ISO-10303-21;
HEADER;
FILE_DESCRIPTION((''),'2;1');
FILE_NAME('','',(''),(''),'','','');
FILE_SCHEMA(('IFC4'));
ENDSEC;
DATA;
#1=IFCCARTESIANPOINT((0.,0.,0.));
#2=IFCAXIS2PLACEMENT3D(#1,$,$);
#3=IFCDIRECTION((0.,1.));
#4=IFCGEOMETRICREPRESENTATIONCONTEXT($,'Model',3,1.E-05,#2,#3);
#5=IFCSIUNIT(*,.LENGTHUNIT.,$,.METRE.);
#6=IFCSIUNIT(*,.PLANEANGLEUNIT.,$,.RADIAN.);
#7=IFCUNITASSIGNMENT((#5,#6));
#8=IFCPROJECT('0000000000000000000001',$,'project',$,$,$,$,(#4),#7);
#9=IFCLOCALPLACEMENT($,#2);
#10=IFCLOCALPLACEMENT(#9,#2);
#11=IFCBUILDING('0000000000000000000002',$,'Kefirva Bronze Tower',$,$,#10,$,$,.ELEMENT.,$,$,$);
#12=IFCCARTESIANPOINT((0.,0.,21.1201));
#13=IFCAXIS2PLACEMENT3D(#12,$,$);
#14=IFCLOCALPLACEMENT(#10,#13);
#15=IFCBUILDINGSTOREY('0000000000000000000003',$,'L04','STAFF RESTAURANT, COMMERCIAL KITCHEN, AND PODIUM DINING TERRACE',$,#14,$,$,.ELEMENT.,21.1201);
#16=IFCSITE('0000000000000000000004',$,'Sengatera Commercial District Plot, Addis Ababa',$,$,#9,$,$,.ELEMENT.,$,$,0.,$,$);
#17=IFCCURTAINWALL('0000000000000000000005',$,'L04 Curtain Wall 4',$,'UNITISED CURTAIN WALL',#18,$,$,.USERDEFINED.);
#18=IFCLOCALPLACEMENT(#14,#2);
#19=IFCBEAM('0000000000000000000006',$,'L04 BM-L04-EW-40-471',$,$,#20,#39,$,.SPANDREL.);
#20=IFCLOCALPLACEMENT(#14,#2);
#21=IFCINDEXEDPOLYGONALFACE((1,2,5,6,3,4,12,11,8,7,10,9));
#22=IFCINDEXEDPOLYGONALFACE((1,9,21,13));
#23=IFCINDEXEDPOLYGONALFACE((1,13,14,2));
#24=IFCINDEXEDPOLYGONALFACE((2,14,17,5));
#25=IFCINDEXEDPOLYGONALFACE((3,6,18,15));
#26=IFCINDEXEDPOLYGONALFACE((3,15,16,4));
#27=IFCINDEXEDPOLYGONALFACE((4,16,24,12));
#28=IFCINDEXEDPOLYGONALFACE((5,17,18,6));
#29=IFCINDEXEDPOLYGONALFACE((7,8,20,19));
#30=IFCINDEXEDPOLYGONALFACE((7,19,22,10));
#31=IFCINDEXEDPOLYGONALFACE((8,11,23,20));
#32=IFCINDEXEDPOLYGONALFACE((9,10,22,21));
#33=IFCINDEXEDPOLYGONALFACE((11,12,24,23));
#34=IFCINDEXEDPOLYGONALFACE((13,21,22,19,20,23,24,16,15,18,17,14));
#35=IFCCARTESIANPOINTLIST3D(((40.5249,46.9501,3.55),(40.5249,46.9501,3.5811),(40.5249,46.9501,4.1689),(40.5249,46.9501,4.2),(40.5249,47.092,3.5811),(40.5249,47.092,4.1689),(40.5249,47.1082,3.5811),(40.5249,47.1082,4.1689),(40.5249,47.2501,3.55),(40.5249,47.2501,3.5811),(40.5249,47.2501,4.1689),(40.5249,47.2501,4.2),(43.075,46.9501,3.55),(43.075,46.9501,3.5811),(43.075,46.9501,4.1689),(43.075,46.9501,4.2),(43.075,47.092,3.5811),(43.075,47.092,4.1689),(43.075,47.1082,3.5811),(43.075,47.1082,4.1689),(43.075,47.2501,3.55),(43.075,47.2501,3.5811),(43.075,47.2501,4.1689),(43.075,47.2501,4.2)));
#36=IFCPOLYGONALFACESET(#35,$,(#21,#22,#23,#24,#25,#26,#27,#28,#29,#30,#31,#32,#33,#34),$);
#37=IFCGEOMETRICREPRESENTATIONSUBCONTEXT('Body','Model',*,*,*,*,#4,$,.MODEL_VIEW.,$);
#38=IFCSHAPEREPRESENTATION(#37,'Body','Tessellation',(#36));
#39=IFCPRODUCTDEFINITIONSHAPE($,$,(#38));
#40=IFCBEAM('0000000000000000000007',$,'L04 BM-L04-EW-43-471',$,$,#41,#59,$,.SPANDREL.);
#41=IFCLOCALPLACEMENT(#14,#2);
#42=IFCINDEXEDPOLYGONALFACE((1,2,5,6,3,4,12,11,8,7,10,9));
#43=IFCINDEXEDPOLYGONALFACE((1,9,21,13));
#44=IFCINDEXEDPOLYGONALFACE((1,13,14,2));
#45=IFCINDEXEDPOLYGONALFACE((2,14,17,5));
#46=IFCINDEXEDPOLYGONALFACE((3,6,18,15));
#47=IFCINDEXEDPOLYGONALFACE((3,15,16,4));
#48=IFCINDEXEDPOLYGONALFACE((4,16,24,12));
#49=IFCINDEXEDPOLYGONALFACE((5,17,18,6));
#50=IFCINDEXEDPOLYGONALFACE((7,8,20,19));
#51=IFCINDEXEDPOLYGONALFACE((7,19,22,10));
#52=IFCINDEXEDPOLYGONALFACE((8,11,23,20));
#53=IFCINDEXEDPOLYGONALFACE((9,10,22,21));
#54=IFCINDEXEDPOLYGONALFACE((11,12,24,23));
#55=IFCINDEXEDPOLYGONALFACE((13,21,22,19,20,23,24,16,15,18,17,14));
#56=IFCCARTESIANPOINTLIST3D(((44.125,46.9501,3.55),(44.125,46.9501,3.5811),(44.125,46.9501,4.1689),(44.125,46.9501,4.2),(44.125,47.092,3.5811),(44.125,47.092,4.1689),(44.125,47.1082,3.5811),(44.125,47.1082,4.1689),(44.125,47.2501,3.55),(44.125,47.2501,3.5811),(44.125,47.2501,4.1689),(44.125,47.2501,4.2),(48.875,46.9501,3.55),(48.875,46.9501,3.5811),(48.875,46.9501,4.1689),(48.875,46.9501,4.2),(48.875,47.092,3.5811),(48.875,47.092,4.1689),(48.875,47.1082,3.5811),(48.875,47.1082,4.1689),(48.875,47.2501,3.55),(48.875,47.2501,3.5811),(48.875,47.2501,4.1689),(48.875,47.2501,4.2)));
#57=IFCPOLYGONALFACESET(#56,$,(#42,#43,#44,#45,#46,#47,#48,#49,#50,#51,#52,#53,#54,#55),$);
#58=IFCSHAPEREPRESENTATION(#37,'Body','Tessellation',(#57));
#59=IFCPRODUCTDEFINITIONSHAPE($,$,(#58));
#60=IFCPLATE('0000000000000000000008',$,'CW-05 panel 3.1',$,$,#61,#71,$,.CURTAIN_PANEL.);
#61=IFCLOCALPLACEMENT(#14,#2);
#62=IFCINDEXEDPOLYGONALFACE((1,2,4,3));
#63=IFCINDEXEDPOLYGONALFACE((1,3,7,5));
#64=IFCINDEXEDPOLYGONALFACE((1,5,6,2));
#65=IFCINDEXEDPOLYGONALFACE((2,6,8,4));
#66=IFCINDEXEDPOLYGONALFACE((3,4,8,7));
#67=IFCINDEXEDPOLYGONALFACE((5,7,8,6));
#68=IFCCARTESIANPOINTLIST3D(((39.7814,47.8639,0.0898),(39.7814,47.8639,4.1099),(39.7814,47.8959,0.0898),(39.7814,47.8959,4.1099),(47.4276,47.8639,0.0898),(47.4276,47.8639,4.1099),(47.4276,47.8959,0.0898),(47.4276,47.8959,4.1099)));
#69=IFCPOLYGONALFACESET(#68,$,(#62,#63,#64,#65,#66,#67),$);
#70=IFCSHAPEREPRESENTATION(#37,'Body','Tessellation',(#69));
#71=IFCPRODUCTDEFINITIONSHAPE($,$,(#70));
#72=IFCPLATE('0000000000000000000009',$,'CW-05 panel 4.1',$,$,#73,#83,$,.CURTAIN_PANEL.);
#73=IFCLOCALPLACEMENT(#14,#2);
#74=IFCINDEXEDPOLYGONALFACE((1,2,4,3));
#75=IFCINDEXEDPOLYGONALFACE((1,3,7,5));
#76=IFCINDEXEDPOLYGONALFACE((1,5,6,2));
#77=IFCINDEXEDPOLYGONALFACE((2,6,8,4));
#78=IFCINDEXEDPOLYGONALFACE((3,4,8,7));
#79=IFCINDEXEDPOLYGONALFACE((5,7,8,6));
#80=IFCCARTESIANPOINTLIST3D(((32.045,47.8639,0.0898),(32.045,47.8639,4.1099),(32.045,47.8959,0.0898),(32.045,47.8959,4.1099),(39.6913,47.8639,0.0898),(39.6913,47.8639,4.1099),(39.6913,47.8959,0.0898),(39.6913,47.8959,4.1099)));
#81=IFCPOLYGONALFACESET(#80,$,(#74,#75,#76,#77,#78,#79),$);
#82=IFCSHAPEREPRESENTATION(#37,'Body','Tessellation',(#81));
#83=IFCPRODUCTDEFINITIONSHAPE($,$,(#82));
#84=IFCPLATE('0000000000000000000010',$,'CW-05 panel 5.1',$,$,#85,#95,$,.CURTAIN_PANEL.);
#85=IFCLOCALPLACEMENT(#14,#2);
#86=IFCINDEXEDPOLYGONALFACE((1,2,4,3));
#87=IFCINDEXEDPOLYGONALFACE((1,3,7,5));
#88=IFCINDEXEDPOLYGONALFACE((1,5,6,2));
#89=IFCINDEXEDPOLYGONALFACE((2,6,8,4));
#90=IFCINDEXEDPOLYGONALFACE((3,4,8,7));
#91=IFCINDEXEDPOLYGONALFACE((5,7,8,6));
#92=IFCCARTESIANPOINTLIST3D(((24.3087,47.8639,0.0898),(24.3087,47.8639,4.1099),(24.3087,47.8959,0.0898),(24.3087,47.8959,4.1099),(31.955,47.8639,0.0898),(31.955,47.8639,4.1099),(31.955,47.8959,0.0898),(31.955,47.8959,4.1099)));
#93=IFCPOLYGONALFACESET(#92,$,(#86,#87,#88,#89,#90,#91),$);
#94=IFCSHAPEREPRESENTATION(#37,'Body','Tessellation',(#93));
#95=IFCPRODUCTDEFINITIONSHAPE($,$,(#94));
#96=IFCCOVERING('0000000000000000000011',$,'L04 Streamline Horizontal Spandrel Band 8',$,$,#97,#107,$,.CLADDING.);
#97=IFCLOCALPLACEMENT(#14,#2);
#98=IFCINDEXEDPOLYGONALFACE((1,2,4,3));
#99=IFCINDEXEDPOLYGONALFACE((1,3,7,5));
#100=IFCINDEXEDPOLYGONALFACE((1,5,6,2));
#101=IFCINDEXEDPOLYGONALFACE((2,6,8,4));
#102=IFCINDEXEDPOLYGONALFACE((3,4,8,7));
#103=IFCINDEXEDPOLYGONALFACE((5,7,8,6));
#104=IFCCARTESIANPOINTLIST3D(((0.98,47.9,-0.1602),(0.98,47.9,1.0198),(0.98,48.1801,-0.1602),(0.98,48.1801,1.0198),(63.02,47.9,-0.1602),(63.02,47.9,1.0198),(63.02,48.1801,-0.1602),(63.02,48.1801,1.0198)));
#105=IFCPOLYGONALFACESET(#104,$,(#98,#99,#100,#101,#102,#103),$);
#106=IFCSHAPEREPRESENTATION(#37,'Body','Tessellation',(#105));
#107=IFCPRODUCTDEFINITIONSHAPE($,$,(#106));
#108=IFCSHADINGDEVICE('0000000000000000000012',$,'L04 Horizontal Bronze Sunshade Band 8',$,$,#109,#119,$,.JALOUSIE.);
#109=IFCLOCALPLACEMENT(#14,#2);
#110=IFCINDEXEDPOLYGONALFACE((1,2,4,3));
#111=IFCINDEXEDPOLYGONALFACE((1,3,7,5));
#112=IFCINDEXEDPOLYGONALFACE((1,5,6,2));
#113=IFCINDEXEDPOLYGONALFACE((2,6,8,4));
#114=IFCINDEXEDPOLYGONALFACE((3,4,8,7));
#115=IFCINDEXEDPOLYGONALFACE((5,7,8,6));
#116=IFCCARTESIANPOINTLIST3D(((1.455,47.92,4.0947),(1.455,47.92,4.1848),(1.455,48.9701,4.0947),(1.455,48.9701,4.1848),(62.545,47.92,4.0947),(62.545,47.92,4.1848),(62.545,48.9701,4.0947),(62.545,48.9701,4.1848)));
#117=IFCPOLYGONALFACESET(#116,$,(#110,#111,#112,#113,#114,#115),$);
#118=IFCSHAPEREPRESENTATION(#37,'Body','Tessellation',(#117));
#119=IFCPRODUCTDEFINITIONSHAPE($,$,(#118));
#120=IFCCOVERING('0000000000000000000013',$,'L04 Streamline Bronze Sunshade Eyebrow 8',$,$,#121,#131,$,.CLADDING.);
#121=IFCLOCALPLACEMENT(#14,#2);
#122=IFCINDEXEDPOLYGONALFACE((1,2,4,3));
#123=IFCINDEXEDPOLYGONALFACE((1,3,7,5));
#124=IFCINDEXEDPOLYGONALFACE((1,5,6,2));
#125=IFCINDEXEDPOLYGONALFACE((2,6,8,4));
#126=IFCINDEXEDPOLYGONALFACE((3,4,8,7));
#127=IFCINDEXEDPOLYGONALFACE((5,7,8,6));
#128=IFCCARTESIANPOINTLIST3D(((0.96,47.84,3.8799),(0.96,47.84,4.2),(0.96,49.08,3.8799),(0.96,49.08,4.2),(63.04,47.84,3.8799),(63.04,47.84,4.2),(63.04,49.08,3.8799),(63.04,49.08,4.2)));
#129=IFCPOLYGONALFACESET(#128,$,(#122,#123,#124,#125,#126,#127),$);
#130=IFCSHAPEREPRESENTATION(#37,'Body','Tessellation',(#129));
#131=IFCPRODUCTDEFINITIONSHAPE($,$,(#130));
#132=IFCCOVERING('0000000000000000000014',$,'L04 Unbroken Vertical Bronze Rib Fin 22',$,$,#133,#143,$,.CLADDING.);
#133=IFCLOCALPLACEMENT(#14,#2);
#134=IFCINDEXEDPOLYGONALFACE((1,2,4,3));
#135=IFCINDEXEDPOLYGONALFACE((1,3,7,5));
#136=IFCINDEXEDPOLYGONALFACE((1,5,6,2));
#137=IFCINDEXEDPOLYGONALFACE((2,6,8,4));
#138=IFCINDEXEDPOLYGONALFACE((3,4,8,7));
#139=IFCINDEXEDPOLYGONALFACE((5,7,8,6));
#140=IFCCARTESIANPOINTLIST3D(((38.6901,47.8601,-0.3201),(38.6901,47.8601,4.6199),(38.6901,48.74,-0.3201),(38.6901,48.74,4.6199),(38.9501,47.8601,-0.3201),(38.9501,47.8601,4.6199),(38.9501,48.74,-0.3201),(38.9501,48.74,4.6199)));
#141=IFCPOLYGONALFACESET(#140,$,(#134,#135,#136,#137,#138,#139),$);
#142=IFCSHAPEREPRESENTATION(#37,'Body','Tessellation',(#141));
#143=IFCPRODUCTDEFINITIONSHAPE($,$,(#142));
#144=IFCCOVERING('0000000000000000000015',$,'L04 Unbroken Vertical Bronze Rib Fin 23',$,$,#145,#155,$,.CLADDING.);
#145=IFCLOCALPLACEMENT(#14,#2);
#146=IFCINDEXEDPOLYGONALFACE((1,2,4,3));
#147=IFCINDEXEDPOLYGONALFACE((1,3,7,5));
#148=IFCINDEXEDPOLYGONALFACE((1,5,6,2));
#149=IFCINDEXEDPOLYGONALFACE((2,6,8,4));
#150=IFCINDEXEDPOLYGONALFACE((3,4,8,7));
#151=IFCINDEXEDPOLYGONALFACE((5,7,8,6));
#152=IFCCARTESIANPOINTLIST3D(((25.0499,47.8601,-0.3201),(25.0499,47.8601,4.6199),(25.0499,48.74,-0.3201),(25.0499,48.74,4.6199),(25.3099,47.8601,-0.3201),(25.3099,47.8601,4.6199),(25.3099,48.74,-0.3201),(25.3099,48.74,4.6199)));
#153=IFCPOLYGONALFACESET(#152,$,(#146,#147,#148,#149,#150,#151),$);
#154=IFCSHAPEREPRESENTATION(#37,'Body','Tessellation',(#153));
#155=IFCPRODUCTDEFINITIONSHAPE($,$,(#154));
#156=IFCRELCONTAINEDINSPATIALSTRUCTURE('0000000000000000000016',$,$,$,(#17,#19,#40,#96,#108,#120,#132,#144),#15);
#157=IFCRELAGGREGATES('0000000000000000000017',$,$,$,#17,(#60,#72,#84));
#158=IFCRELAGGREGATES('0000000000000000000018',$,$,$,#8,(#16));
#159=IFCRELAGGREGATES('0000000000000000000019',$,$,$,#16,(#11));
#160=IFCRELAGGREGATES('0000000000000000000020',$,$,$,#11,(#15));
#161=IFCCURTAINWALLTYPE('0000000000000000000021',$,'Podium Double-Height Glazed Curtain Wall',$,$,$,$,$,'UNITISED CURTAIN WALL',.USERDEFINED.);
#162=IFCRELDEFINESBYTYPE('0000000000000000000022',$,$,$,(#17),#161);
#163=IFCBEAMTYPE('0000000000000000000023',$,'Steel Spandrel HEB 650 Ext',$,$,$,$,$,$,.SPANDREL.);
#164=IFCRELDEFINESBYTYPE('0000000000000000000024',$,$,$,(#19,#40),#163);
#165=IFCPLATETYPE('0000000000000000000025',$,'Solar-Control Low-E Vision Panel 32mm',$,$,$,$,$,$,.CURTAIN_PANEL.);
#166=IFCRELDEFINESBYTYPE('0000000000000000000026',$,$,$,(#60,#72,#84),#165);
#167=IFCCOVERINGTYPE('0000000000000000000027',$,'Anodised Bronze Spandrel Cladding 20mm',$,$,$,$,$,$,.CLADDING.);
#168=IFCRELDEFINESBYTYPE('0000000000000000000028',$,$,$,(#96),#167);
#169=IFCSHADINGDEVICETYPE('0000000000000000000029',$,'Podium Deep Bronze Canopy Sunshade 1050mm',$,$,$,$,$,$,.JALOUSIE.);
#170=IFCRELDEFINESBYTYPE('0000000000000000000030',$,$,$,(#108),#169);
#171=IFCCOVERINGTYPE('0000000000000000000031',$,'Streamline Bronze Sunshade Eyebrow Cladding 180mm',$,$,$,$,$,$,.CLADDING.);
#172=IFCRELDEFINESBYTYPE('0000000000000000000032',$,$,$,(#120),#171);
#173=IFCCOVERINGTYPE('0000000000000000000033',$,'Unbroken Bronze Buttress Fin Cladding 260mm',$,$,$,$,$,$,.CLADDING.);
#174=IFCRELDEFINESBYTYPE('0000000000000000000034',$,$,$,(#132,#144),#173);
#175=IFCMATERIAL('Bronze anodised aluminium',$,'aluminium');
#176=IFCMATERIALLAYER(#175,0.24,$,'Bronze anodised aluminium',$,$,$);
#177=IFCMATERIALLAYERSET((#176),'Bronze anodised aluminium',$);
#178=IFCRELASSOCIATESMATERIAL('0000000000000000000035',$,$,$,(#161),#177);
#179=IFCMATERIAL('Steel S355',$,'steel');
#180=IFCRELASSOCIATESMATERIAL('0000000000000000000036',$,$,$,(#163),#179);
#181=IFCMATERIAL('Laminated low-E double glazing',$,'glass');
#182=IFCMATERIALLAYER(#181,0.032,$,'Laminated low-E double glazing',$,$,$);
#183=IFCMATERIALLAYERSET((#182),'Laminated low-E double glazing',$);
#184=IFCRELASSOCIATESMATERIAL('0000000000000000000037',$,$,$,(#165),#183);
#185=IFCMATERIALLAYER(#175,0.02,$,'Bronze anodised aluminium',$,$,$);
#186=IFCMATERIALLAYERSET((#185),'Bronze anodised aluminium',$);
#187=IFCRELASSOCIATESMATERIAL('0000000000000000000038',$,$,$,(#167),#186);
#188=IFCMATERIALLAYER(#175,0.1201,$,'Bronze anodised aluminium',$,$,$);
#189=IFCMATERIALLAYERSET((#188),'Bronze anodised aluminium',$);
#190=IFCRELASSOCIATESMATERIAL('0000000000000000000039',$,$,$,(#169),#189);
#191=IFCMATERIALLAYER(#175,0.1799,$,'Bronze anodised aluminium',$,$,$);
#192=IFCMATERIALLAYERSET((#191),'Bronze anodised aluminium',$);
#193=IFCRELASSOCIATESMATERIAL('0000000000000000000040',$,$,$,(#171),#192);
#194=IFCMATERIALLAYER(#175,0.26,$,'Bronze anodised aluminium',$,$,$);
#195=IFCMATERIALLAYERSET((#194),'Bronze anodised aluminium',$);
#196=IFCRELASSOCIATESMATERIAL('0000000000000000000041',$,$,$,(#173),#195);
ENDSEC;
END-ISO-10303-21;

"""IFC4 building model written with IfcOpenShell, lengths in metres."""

from ifc_helpers import new_model, si_unit, direction, frame, origin, origin_2d, place, context, subcontext, project, spatial, rectangle, i_section, extrude, material, layer, layer_set, material_profile, profile_set, type_object, element, aggregate, save


model = new_model("IFC4")

# Units and contexts
model_context = context("Model", 3, precision=1e-05, world=origin(), true_north=direction((0.0, 1.0)))
body_context = subcontext(model_context, "Body", "Model", "MODEL_VIEW")
ifc_project = project(units=[si_unit("LENGTHUNIT", "METRE"), si_unit("PLANEANGLEUNIT", "RADIAN")], contexts=[model_context])

# Site, building, storey
site_placement = place(None, origin())
site = spatial("IfcSite", under=ifc_project, at=site_placement, Name="Sengatera Commercial District Plot, Addis Ababa", CompositionType="ELEMENT", RefElevation=0.0)
building_placement = place(site_placement, origin())
building = spatial("IfcBuilding", under=site, at=building_placement, Name="Kefirva Bronze Tower", CompositionType="ELEMENT")
storey_placement = place(building_placement, frame((0.0, 0.0, 21.1201)))
storey = spatial("IfcBuildingStorey", under=building, at=storey_placement, Name="L04", Description="STAFF RESTAURANT, COMMERCIAL KITCHEN, AND PODIUM DINING TERRACE", CompositionType="ELEMENT", Elevation=21.1201)

# Curtain wall
ifc_material_1 = material(Name="Bronze anodised aluminium", Category="aluminium")
ifc_layer_1 = layer(ifc_material_1, 0.24, Name="Bronze anodised aluminium")
ifc_layer_set_1 = layer_set([ifc_layer_1], Name="Bronze anodised aluminium")
curtain_wall_type = type_object("IfcCurtainWallType", Name="Podium Double-Height Glazed Curtain Wall", ElementType="UNITISED CURTAIN WALL", PredefinedType="USERDEFINED", material=ifc_layer_set_1)
curtain_wall_placement = place(storey_placement, origin())
curtain_wall = element("IfcCurtainWall", 1, at=curtain_wall_placement, inside=storey, type_object=curtain_wall_type, Name="L04 Curtain Wall 4", ObjectType="UNITISED CURTAIN WALL", PredefinedType="USERDEFINED")

# Beams
ifc_material_2 = material(Name="Steel S355", Category="steel")
ifc_material_profile_1 = material_profile(ifc_material_2, i_section(OverallWidth=0.3, OverallDepth=0.6499, WebThickness=0.0161, FlangeThickness=0.031, at=origin_2d()), Name="HEB 650")
ifc_profile_set_1 = profile_set([ifc_material_profile_1], Name="Steel S355")
beam_type_1 = type_object("IfcBeamType", Name="Steel Spandrel HEB 650 Ext", PredefinedType="SPANDREL", material=ifc_profile_set_1)
beam_1_placement = place(storey_placement, frame((40.5249, 47.1001, 3.875), z_axis=(1.0, 0.0, 0.0), x_axis=(0.0, 1.0, 0.0)))
element("IfcBeam", 2, at=beam_1_placement, inside=storey, type_object=beam_type_1, Name="L04 BM-L04-EW-40-471", PredefinedType="SPANDREL", context=body_context, shape_type="SweptSolid", body=[
    extrude(i_section(OverallWidth=0.3, OverallDepth=0.6499, WebThickness=0.0161, FlangeThickness=0.031, at=origin_2d()), origin(), (0.0, 0.0, 1.0), 2.55),
])
beam_2_placement = place(storey_placement, frame((44.125, 47.1001, 3.875), z_axis=(1.0, 0.0, 0.0), x_axis=(0.0, 1.0, 0.0)))
element("IfcBeam", 3, at=beam_2_placement, inside=storey, type_object=beam_type_1, Name="L04 BM-L04-EW-43-471", PredefinedType="SPANDREL", context=body_context, shape_type="SweptSolid", body=[
    extrude(i_section(OverallWidth=0.3, OverallDepth=0.6499, WebThickness=0.0161, FlangeThickness=0.031, at=origin_2d()), origin(), (0.0, 0.0, 1.0), 4.75),
])

# Plates
ifc_material_3 = material(Name="Laminated low-E double glazing", Category="glass")
ifc_layer_2 = layer(ifc_material_3, 0.032, Name="Laminated low-E double glazing")
ifc_layer_set_2 = layer_set([ifc_layer_2], Name="Laminated low-E double glazing")
plate_type = type_object("IfcPlateType", Name="Solar-Control Low-E Vision Panel 32mm", PredefinedType="CURTAIN_PANEL", material=ifc_layer_set_2)
plate_1_placement = place(storey_placement, frame((43.6045, 47.8799, 0.0898), z_axis=(0.0, 0.0, 1.0), x_axis=(-1.0, 0.0, 0.0)))
plate_1 = element("IfcPlate", 4, at=plate_1_placement, type_object=plate_type, Name="CW-05 panel 3.1", PredefinedType="CURTAIN_PANEL", context=body_context, shape_type="SweptSolid", body=[
    extrude(rectangle(XDim=7.6462, YDim=0.032, at=origin_2d()), origin(), (0.0, 0.0, 1.0), 4.02),
])
plate_2_placement = place(storey_placement, frame((35.8682, 47.8799, 0.0898), z_axis=(0.0, 0.0, 1.0), x_axis=(-1.0, 0.0, 0.0)))
plate_2 = element("IfcPlate", 5, at=plate_2_placement, type_object=plate_type, Name="CW-05 panel 4.1", PredefinedType="CURTAIN_PANEL", context=body_context, shape_type="SweptSolid", body=[
    extrude(rectangle(XDim=7.6462, YDim=0.032, at=origin_2d()), origin(), (0.0, 0.0, 1.0), 4.02),
])
plate_3_placement = place(storey_placement, frame((28.1318, 47.8799, 0.0898), z_axis=(0.0, 0.0, 1.0), x_axis=(-1.0, 0.0, 0.0)))
plate_3 = element("IfcPlate", 6, at=plate_3_placement, type_object=plate_type, Name="CW-05 panel 5.1", PredefinedType="CURTAIN_PANEL", context=body_context, shape_type="SweptSolid", body=[
    extrude(rectangle(XDim=7.6462, YDim=0.032, at=origin_2d()), origin(), (0.0, 0.0, 1.0), 4.02),
])
aggregate(curtain_wall, [plate_1, plate_2, plate_3])

# Covering
ifc_layer_3 = layer(ifc_material_1, 0.02, Name="Bronze anodised aluminium")
ifc_layer_set_3 = layer_set([ifc_layer_3], Name="Bronze anodised aluminium")
covering_type_1 = type_object("IfcCoveringType", Name="Anodised Bronze Spandrel Cladding 20mm", PredefinedType="CLADDING", material=ifc_layer_set_3)
covering_1_placement = place(storey_placement, frame((32.0, 48.04, -0.1602), z_axis=(0.0, 0.0, 1.0), x_axis=(-1.0, 0.0, 0.0)))
element("IfcCovering", 7, at=covering_1_placement, inside=storey, type_object=covering_type_1, Name="L04 Streamline Horizontal Spandrel Band 8", PredefinedType="CLADDING", context=body_context, shape_type="SweptSolid", body=[
    extrude(rectangle(XDim=62.04, YDim=0.28, at=origin_2d()), origin(), (0.0, 0.0, 1.0), 1.1799),
])

# Shading device
ifc_layer_4 = layer(ifc_material_1, 0.1201, Name="Bronze anodised aluminium")
ifc_layer_set_4 = layer_set([ifc_layer_4], Name="Bronze anodised aluminium")
shading_device_type = type_object("IfcShadingDeviceType", Name="Podium Deep Bronze Canopy Sunshade 1050mm", PredefinedType="JALOUSIE", material=ifc_layer_set_4)
shading_device_placement = place(storey_placement, frame((32.0, 48.4451, 4.0947), z_axis=(0.0, 0.0, 1.0), x_axis=(-1.0, 0.0, 0.0)))
element("IfcShadingDevice", 8, at=shading_device_placement, inside=storey, type_object=shading_device_type, Name="L04 Horizontal Bronze Sunshade Band 8", PredefinedType="JALOUSIE", context=body_context, shape_type="SweptSolid", body=[
    extrude(rectangle(XDim=61.0901, YDim=1.05, at=origin_2d()), origin(), (0.0, 0.0, 1.0), 0.0901),
])

# Coverings
ifc_layer_5 = layer(ifc_material_1, 0.1799, Name="Bronze anodised aluminium")
ifc_layer_set_5 = layer_set([ifc_layer_5], Name="Bronze anodised aluminium")
covering_type_2 = type_object("IfcCoveringType", Name="Streamline Bronze Sunshade Eyebrow Cladding 180mm", PredefinedType="CLADDING", material=ifc_layer_set_5)
covering_2_placement = place(storey_placement, frame((32.0, 48.46, 3.8799), z_axis=(0.0, 0.0, 1.0), x_axis=(-1.0, 0.0, 0.0)))
element("IfcCovering", 9, at=covering_2_placement, inside=storey, type_object=covering_type_2, Name="L04 Streamline Bronze Sunshade Eyebrow 8", PredefinedType="CLADDING", context=body_context, shape_type="SweptSolid", body=[
    extrude(rectangle(XDim=62.0801, YDim=1.24, at=origin_2d()), origin(), (0.0, 0.0, 1.0), 0.3201),
])
ifc_layer_6 = layer(ifc_material_1, 0.26, Name="Bronze anodised aluminium")
ifc_layer_set_6 = layer_set([ifc_layer_6], Name="Bronze anodised aluminium")
covering_type_3 = type_object("IfcCoveringType", Name="Unbroken Bronze Buttress Fin Cladding 260mm", PredefinedType="CLADDING", material=ifc_layer_set_6)
for number, where, z_axis, x_axis, name in (
    (10, (38.8201, 48.3, -0.3201), (0.0, 0.0, 1.0), (-1.0, 0.0, 0.0), "L04 Unbroken Vertical Bronze Rib Fin 22"),
    (11, (25.1799, 48.3, -0.3201), (0.0, 0.0, 1.0), (-1.0, 0.0, 0.0), "L04 Unbroken Vertical Bronze Rib Fin 23"),
):
    element("IfcCovering", number, at=place(storey_placement, frame(where, z_axis=z_axis, x_axis=x_axis)), inside=storey, type_object=covering_type_3, Name=name, PredefinedType="CLADDING", context=body_context, shape_type="SweptSolid", body=[
        extrude(rectangle(XDim=0.26, YDim=0.8799, at=origin_2d()), origin(), (0.0, 0.0, 1.0), 4.9399),
    ])

save(model, "model.ifc")
